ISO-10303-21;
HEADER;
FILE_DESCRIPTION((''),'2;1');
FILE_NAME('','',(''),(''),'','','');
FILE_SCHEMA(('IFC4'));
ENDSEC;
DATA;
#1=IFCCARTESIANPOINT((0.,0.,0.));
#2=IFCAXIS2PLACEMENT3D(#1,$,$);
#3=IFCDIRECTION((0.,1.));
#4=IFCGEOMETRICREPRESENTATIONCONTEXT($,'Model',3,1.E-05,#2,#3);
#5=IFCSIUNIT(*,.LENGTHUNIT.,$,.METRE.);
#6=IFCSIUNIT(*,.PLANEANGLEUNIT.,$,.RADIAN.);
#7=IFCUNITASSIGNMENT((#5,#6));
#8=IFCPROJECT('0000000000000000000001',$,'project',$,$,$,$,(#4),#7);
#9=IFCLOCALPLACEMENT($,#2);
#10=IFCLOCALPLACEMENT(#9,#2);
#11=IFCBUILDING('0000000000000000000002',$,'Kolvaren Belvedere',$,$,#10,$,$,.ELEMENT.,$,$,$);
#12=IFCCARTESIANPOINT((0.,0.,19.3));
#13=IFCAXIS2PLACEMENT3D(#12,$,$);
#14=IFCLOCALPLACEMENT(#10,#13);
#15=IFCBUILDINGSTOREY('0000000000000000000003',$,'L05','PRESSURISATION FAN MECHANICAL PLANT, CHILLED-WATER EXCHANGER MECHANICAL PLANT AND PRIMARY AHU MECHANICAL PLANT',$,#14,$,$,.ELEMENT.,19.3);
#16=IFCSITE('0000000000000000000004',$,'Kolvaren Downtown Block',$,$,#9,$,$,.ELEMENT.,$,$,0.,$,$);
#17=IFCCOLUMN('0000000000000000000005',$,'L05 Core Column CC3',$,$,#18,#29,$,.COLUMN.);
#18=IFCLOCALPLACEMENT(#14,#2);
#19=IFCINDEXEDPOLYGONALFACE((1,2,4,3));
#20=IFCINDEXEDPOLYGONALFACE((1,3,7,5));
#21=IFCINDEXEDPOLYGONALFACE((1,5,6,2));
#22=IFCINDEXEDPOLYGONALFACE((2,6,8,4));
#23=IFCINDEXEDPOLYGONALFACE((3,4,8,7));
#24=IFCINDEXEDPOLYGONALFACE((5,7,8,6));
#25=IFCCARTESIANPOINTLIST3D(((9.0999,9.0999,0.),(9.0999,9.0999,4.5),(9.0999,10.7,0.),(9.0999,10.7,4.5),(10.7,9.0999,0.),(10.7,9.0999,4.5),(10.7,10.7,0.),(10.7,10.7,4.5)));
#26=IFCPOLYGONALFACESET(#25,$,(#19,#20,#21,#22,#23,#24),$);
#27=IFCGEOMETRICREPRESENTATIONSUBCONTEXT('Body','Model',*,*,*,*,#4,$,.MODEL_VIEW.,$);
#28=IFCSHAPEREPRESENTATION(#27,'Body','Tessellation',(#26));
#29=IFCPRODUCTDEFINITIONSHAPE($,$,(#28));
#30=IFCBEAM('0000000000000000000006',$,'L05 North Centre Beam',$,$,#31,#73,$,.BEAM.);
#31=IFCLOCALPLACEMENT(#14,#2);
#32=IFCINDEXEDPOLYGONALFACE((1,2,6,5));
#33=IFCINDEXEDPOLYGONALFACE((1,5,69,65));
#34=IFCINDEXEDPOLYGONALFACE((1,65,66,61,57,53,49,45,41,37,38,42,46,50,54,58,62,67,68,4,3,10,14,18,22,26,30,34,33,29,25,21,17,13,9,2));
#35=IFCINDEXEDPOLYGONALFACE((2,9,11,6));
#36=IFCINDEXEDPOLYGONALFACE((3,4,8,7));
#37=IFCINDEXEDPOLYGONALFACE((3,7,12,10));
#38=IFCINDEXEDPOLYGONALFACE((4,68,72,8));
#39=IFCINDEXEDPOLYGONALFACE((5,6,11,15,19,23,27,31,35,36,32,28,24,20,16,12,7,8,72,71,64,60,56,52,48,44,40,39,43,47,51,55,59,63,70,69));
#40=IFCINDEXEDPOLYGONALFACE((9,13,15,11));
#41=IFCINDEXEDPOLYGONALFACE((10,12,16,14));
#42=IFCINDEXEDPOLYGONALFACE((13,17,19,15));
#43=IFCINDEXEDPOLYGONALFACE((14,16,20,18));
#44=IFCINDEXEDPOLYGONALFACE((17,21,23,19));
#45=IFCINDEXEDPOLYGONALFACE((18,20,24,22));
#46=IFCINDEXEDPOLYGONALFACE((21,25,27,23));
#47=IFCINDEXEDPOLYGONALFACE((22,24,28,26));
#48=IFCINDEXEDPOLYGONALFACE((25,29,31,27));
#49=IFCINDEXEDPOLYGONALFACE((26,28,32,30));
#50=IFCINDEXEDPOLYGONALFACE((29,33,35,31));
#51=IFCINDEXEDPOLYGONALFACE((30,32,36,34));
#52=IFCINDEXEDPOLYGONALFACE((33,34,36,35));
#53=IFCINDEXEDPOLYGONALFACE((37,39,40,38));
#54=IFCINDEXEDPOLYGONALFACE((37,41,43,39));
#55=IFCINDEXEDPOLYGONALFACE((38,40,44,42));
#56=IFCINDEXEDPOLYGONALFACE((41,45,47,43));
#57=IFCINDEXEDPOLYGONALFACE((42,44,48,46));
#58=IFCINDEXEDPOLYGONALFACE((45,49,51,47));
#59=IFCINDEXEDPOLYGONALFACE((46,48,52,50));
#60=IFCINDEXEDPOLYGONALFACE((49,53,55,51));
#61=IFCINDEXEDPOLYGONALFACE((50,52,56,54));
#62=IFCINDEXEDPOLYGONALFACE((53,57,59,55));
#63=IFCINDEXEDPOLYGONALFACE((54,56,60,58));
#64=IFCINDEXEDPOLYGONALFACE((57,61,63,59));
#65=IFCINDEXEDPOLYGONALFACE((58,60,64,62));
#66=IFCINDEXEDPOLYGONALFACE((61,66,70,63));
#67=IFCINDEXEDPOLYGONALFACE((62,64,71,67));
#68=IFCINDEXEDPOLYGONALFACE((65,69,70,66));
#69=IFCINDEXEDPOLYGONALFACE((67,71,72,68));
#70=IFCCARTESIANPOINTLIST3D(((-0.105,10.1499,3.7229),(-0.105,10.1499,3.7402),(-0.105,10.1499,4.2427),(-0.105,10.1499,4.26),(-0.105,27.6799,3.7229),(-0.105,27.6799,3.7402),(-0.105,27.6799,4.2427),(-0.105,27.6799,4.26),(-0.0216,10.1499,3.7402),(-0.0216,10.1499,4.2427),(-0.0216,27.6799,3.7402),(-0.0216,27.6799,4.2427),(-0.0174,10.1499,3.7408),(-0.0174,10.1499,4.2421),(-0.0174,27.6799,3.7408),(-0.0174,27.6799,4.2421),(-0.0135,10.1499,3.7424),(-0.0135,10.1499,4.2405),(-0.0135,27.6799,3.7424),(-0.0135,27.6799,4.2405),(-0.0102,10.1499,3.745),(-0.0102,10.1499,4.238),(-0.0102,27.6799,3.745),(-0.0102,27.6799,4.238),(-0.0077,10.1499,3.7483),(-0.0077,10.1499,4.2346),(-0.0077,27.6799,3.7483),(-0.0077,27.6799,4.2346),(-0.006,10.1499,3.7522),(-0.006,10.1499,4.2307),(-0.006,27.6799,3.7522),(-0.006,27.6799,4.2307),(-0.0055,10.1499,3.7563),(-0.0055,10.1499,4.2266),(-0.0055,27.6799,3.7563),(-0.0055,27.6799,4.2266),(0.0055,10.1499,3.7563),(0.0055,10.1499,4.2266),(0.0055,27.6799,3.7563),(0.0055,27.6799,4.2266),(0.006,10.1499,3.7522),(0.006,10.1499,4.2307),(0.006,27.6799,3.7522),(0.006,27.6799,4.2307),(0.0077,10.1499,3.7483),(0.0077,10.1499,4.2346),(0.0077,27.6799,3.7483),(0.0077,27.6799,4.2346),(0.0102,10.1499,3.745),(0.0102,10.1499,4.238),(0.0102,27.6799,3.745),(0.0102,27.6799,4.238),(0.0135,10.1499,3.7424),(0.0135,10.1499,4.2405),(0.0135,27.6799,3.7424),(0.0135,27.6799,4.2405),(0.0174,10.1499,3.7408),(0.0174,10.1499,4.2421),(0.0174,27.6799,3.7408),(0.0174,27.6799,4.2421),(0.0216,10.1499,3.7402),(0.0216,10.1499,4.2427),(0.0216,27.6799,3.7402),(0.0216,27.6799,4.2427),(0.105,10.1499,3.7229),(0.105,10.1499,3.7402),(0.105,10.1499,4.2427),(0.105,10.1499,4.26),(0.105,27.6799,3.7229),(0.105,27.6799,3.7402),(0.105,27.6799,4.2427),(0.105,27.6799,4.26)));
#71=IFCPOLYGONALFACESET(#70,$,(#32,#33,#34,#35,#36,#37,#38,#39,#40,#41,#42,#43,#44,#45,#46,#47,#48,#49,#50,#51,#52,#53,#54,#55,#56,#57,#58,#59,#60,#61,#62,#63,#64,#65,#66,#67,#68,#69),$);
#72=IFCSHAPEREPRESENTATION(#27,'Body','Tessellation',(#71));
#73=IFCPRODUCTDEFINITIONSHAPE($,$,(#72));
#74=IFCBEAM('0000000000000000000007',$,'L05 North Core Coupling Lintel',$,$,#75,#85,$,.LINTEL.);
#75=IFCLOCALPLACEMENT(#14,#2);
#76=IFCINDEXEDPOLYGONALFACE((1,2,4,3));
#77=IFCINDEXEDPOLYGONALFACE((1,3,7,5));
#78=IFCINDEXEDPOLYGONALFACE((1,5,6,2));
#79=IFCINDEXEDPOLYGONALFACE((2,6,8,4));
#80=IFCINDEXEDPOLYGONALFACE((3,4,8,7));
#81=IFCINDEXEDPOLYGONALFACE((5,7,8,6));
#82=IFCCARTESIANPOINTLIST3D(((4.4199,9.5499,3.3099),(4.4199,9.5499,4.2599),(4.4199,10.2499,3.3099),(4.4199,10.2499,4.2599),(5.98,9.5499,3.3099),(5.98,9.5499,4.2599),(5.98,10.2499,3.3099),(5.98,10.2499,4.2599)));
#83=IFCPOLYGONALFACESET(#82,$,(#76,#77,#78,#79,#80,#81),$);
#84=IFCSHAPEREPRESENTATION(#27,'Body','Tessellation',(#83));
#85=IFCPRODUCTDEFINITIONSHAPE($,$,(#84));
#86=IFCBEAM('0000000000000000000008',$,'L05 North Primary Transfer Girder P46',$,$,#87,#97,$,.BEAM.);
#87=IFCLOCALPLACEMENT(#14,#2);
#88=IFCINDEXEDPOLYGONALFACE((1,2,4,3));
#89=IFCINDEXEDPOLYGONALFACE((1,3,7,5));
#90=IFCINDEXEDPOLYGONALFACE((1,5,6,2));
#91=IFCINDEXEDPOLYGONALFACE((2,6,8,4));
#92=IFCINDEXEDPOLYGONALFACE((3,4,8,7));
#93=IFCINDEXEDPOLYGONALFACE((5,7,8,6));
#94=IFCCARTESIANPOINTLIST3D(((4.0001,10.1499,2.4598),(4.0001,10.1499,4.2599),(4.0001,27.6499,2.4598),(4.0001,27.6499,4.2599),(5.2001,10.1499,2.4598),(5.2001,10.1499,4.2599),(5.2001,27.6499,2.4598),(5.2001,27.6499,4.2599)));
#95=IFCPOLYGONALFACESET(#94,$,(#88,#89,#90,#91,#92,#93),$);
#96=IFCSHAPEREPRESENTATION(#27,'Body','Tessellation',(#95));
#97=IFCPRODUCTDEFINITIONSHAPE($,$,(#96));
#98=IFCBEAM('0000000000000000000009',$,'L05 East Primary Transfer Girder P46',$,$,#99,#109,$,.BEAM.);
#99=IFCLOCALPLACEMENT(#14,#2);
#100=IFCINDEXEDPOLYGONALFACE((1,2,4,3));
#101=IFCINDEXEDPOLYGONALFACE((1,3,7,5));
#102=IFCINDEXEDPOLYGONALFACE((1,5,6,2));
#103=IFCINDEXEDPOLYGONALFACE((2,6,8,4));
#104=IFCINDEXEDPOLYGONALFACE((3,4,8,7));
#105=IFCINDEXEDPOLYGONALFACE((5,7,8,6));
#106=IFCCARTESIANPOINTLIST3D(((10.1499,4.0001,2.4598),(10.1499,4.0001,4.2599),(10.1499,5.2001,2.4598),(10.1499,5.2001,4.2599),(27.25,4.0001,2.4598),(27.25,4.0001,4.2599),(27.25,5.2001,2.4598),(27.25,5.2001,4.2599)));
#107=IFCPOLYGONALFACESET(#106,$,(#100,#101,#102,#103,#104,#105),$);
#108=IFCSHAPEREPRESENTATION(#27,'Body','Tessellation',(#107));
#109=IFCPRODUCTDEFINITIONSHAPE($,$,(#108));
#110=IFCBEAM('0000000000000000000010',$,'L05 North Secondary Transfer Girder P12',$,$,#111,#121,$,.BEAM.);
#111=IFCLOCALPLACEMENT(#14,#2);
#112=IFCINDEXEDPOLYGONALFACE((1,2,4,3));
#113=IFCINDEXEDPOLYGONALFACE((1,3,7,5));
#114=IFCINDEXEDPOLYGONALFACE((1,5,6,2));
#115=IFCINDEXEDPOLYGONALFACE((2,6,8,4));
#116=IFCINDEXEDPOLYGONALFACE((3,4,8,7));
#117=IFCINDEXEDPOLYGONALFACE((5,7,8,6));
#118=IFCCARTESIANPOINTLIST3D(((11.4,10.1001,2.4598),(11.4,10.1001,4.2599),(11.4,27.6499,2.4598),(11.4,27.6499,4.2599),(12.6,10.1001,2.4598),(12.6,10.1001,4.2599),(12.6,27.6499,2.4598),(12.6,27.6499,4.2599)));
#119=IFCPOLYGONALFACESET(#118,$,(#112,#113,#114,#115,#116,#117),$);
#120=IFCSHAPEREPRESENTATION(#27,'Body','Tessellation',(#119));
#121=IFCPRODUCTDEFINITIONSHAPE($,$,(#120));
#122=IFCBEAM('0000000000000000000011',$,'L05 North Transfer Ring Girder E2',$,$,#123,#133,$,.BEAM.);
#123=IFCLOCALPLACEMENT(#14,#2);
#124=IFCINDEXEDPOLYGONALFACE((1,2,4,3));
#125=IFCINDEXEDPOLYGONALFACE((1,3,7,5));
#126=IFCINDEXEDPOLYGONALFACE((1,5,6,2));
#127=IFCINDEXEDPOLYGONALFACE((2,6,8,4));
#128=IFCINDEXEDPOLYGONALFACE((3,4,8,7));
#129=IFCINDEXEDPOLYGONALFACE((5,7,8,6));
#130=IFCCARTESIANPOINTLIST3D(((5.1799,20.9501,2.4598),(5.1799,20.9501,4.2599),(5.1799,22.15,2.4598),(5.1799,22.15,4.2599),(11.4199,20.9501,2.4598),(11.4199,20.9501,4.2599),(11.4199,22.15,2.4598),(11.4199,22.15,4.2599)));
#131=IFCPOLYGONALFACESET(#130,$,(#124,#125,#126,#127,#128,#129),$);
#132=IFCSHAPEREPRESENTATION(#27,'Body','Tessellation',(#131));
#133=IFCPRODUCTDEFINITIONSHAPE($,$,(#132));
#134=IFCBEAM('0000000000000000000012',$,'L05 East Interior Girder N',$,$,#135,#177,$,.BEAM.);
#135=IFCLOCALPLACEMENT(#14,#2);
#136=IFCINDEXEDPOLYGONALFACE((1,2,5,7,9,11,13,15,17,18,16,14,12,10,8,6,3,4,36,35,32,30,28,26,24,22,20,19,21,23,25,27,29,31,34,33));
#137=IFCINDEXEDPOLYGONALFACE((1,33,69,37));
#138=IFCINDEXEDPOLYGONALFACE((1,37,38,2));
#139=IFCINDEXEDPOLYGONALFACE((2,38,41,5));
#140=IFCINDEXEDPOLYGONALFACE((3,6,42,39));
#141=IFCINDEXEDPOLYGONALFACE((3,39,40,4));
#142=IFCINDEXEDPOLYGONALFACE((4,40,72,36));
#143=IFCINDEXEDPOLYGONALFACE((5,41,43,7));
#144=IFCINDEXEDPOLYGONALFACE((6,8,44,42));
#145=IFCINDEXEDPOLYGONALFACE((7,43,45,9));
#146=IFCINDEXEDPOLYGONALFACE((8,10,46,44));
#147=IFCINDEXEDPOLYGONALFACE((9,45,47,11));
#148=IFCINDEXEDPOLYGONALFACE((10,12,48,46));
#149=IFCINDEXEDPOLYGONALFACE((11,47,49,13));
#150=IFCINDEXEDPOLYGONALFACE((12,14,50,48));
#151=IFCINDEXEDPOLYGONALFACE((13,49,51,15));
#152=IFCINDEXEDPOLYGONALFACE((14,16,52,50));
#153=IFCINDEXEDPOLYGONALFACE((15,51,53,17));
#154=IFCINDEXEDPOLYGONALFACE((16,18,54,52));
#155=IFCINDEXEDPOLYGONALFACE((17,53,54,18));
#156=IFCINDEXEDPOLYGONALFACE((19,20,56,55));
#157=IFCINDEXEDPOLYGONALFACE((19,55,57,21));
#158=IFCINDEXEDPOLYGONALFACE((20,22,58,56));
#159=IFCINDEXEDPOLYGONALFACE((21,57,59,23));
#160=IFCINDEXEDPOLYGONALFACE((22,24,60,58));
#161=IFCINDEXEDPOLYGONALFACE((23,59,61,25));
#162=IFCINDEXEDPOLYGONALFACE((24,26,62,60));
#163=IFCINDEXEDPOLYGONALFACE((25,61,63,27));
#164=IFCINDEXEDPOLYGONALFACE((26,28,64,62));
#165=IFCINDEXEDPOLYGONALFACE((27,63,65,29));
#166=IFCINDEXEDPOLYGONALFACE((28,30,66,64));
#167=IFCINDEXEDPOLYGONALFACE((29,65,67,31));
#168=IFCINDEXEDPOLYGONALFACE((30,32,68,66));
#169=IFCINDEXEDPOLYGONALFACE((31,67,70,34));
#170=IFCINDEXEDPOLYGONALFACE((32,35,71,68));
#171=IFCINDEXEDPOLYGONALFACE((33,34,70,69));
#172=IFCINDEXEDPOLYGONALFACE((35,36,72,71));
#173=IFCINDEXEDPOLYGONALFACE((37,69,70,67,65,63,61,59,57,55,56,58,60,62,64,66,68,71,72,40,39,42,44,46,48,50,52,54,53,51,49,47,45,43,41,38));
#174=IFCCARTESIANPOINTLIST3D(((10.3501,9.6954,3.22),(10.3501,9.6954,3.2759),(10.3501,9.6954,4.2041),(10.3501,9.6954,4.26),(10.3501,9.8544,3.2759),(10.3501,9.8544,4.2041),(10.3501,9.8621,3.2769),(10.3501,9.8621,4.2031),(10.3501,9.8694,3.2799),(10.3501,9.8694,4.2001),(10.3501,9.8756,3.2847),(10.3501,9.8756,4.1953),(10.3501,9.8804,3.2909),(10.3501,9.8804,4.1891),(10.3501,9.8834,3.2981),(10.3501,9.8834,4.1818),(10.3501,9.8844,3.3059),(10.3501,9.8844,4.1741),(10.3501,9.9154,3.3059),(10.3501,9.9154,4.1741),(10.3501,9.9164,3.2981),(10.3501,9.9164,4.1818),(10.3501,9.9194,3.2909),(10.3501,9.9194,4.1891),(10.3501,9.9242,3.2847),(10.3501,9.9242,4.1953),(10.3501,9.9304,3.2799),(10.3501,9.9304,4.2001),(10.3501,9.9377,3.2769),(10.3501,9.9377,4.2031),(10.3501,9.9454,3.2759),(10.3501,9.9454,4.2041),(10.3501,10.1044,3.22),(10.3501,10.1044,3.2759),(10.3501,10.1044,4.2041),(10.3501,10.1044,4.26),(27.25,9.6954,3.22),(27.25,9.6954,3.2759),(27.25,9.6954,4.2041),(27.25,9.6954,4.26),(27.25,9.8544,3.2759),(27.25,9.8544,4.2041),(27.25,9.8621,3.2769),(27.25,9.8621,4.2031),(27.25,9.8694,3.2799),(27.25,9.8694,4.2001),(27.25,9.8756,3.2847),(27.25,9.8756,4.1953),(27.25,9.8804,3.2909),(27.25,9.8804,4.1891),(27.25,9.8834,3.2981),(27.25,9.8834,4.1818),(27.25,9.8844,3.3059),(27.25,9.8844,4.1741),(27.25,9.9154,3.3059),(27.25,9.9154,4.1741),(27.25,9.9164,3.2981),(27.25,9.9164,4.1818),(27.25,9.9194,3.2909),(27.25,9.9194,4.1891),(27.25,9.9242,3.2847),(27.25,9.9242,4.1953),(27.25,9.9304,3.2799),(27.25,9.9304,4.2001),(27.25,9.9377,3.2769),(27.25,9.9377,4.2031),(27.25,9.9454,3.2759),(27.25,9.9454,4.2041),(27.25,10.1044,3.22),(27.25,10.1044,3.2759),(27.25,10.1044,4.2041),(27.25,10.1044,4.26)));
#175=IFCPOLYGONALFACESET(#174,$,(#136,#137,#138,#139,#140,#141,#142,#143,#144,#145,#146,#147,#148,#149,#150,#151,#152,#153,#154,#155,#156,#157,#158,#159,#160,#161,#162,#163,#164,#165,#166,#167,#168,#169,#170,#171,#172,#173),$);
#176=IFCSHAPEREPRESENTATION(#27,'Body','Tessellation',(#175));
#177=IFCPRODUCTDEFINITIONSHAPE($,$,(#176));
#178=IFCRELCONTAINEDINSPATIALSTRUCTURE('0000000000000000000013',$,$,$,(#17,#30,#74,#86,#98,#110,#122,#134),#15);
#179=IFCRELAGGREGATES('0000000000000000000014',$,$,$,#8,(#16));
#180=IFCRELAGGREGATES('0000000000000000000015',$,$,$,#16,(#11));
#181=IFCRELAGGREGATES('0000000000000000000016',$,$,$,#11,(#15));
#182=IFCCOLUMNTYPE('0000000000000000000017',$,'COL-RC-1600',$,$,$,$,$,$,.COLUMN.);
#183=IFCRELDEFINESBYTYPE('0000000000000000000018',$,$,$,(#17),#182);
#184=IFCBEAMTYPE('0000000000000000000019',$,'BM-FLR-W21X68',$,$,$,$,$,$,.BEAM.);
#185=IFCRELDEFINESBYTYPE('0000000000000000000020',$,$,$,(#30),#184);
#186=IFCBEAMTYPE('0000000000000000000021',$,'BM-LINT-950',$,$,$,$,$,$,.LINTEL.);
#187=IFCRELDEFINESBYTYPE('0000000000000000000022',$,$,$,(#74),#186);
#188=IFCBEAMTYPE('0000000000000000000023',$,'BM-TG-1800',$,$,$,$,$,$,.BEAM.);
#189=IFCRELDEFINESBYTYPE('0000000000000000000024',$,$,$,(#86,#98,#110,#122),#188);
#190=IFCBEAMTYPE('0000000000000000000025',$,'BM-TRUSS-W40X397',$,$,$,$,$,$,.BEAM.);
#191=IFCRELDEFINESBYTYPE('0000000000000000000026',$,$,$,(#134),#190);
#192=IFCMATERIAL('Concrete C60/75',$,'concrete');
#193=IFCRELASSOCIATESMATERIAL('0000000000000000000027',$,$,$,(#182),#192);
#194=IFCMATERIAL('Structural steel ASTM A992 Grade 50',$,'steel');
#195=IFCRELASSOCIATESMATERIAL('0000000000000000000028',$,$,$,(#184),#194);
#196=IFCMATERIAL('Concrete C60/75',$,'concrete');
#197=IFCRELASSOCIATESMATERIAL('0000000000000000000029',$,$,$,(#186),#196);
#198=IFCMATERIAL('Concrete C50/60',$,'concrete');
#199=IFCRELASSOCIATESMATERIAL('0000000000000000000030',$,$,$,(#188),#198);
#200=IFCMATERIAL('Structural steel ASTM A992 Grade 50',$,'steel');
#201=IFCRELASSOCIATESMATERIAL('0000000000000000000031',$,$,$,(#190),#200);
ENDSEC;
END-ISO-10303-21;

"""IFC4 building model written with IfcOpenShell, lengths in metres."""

from ifc_helpers import new_model, si_unit, direction, frame, origin, origin_2d, place, context, subcontext, project, spatial, rectangle, i_section, extrude, material, material_profile, profile_set, type_object, element, save


model = new_model("IFC4")

# Units and contexts
model_context = context("Model", 3, precision=1e-05, world=origin(), true_north=direction((0.0, 1.0)))
body_context = subcontext(model_context, "Body", "Model", "MODEL_VIEW")
ifc_project = project(units=[si_unit("LENGTHUNIT", "METRE"), si_unit("PLANEANGLEUNIT", "RADIAN")], contexts=[model_context])

# Site, building, storey
site_placement = place(None, origin())
site = spatial("IfcSite", under=ifc_project, at=site_placement, Name="Kolvaren Downtown Block", CompositionType="ELEMENT", RefElevation=0.0)
building_placement = place(site_placement, origin())
building = spatial("IfcBuilding", under=site, at=building_placement, Name="Kolvaren Belvedere", CompositionType="ELEMENT")
storey_placement = place(building_placement, frame((0.0, 0.0, 19.3)))
storey = spatial("IfcBuildingStorey", under=building, at=storey_placement, Name="L05", Description="PRESSURISATION FAN MECHANICAL PLANT, CHILLED-WATER EXCHANGER MECHANICAL PLANT AND PRIMARY AHU MECHANICAL PLANT", CompositionType="ELEMENT", Elevation=19.3)

# Column
ifc_material_1 = material(Name="Concrete C60/75", Category="concrete")
ifc_material_profile_1 = material_profile(ifc_material_1, rectangle(XDim=1.6001, YDim=1.6001, at=origin_2d()), Name="RC 1600X1600")
ifc_profile_set_1 = profile_set([ifc_material_profile_1], Name="Concrete C60/75")
column_type = type_object("IfcColumnType", Name="COL-RC-1600", PredefinedType="COLUMN", material=ifc_profile_set_1)
column_placement = place(storey_placement, frame((9.8999, 9.8999, 0.0), z_axis=(0.0, 0.0, 1.0), x_axis=(1.0, 0.0, 0.0)))
element("IfcColumn", 1, at=column_placement, inside=storey, type_object=column_type, Name="L05 Core Column CC3", PredefinedType="COLUMN", context=body_context, shape_type="SweptSolid", body=[
    extrude(rectangle(XDim=1.6001, YDim=1.6001, at=origin_2d()), origin(), (0.0, 0.0, 1.0), 4.5),
])

# Beams
ifc_material_2 = material(Name="Structural steel ASTM A992 Grade 50", Category="steel")
ifc_material_profile_2 = material_profile(ifc_material_2, i_section(OverallWidth=0.21, OverallDepth=0.5371, WebThickness=0.011, FlangeThickness=0.0173, FilletRadius=0.0161, at=origin_2d()), Name="W21X68")
ifc_profile_set_2 = profile_set([ifc_material_profile_2], Name="Structural steel ASTM A992 Grade 50")
beam_type_1 = type_object("IfcBeamType", Name="BM-FLR-W21X68", PredefinedType="BEAM", material=ifc_profile_set_2)
beam_1_placement = place(storey_placement, frame((0.0, 10.1499, 3.9915), z_axis=(0.0, 1.0, 0.0), x_axis=(-1.0, 0.0, 0.0)))
element("IfcBeam", 2, at=beam_1_placement, inside=storey, type_object=beam_type_1, Name="L05 North Centre Beam", PredefinedType="BEAM", context=body_context, shape_type="SweptSolid", body=[
    extrude(i_section(OverallWidth=0.21, OverallDepth=0.5371, WebThickness=0.011, FlangeThickness=0.0173, FilletRadius=0.0161, at=origin_2d()), origin(), (0.0, 0.0, 1.0), 17.53),
])
ifc_material_3 = material(Name="Concrete C60/75", Category="concrete")
ifc_material_profile_3 = material_profile(ifc_material_3, rectangle(XDim=0.7, YDim=0.95, at=origin_2d()), Name="RC 700X950")
ifc_profile_set_3 = profile_set([ifc_material_profile_3], Name="Concrete C60/75")
beam_type_2 = type_object("IfcBeamType", Name="BM-LINT-950", PredefinedType="LINTEL", material=ifc_profile_set_3)
beam_2_placement = place(storey_placement, frame((4.4199, 9.8999, 3.7849), z_axis=(1.0, 0.0, 0.0), x_axis=(0.0, 1.0, 0.0)))
element("IfcBeam", 3, at=beam_2_placement, inside=storey, type_object=beam_type_2, Name="L05 North Core Coupling Lintel", PredefinedType="LINTEL", context=body_context, shape_type="SweptSolid", body=[
    extrude(rectangle(XDim=0.7, YDim=0.95, at=origin_2d()), origin(), (0.0, 0.0, 1.0), 1.5601),
])
ifc_material_4 = material(Name="Concrete C50/60", Category="concrete")
ifc_material_profile_4 = material_profile(ifc_material_4, rectangle(XDim=1.2, YDim=1.8, at=origin_2d()), Name="RC 1200X1800")
ifc_profile_set_4 = profile_set([ifc_material_profile_4], Name="Concrete C50/60")
beam_type_3 = type_object("IfcBeamType", Name="BM-TG-1800", PredefinedType="BEAM", material=ifc_profile_set_4)
beam_3_placement = place(storey_placement, frame((4.6001, 10.1499, 3.3599), z_axis=(0.0, 1.0, 0.0), x_axis=(-1.0, 0.0, 0.0)))
element("IfcBeam", 4, at=beam_3_placement, inside=storey, type_object=beam_type_3, Name="L05 North Primary Transfer Girder P46", PredefinedType="BEAM", context=body_context, shape_type="SweptSolid", body=[
    extrude(rectangle(XDim=1.2, YDim=1.8, at=origin_2d()), origin(), (0.0, 0.0, 1.0), 17.5),
])
beam_4_placement = place(storey_placement, frame((10.1499, 4.6001, 3.3599), z_axis=(1.0, 0.0, 0.0), x_axis=(0.0, 1.0, 0.0)))
element("IfcBeam", 5, at=beam_4_placement, inside=storey, type_object=beam_type_3, Name="L05 East Primary Transfer Girder P46", PredefinedType="BEAM", context=body_context, shape_type="SweptSolid", body=[
    extrude(rectangle(XDim=1.2, YDim=1.8, at=origin_2d()), origin(), (0.0, 0.0, 1.0), 17.1001),
])
beam_5_placement = place(storey_placement, frame((12.0, 10.1001, 3.3599), z_axis=(0.0, 1.0, 0.0), x_axis=(-1.0, 0.0, 0.0)))
element("IfcBeam", 6, at=beam_5_placement, inside=storey, type_object=beam_type_3, Name="L05 North Secondary Transfer Girder P12", PredefinedType="BEAM", context=body_context, shape_type="SweptSolid", body=[
    extrude(rectangle(XDim=1.2, YDim=1.8, at=origin_2d()), origin(), (0.0, 0.0, 1.0), 17.5498),
])
beam_6_placement = place(storey_placement, frame((5.1799, 21.55, 3.3599), z_axis=(1.0, 0.0, 0.0), x_axis=(0.0, 1.0, 0.0)))
element("IfcBeam", 7, at=beam_6_placement, inside=storey, type_object=beam_type_3, Name="L05 North Transfer Ring Girder E2", PredefinedType="BEAM", context=body_context, shape_type="SweptSolid", body=[
    extrude(rectangle(XDim=1.2, YDim=1.8, at=origin_2d()), origin(), (0.0, 0.0, 1.0), 6.24),
])
ifc_material_5 = material(Name="Structural steel ASTM A992 Grade 50", Category="steel")
ifc_material_profile_5 = material_profile(ifc_material_5, i_section(OverallWidth=0.4089, OverallDepth=1.04, WebThickness=0.031, FlangeThickness=0.0559, FilletRadius=0.03, at=origin_2d()), Name="W40X397")
ifc_profile_set_5 = profile_set([ifc_material_profile_5], Name="Structural steel ASTM A992 Grade 50")
beam_type_4 = type_object("IfcBeamType", Name="BM-TRUSS-W40X397", PredefinedType="BEAM", material=ifc_profile_set_5)
beam_7_placement = place(storey_placement, frame((10.3501, 9.8999, 3.74), z_axis=(1.0, 0.0, 0.0), x_axis=(0.0, 1.0, 0.0)))
element("IfcBeam", 8, at=beam_7_placement, inside=storey, type_object=beam_type_4, Name="L05 East Interior Girder N", PredefinedType="BEAM", context=body_context, shape_type="SweptSolid", body=[
    extrude(i_section(OverallWidth=0.4089, OverallDepth=1.04, WebThickness=0.031, FlangeThickness=0.0559, FilletRadius=0.03, at=origin_2d()), origin(), (0.0, 0.0, 1.0), 16.8999),
])

save(model, "model.ifc")
